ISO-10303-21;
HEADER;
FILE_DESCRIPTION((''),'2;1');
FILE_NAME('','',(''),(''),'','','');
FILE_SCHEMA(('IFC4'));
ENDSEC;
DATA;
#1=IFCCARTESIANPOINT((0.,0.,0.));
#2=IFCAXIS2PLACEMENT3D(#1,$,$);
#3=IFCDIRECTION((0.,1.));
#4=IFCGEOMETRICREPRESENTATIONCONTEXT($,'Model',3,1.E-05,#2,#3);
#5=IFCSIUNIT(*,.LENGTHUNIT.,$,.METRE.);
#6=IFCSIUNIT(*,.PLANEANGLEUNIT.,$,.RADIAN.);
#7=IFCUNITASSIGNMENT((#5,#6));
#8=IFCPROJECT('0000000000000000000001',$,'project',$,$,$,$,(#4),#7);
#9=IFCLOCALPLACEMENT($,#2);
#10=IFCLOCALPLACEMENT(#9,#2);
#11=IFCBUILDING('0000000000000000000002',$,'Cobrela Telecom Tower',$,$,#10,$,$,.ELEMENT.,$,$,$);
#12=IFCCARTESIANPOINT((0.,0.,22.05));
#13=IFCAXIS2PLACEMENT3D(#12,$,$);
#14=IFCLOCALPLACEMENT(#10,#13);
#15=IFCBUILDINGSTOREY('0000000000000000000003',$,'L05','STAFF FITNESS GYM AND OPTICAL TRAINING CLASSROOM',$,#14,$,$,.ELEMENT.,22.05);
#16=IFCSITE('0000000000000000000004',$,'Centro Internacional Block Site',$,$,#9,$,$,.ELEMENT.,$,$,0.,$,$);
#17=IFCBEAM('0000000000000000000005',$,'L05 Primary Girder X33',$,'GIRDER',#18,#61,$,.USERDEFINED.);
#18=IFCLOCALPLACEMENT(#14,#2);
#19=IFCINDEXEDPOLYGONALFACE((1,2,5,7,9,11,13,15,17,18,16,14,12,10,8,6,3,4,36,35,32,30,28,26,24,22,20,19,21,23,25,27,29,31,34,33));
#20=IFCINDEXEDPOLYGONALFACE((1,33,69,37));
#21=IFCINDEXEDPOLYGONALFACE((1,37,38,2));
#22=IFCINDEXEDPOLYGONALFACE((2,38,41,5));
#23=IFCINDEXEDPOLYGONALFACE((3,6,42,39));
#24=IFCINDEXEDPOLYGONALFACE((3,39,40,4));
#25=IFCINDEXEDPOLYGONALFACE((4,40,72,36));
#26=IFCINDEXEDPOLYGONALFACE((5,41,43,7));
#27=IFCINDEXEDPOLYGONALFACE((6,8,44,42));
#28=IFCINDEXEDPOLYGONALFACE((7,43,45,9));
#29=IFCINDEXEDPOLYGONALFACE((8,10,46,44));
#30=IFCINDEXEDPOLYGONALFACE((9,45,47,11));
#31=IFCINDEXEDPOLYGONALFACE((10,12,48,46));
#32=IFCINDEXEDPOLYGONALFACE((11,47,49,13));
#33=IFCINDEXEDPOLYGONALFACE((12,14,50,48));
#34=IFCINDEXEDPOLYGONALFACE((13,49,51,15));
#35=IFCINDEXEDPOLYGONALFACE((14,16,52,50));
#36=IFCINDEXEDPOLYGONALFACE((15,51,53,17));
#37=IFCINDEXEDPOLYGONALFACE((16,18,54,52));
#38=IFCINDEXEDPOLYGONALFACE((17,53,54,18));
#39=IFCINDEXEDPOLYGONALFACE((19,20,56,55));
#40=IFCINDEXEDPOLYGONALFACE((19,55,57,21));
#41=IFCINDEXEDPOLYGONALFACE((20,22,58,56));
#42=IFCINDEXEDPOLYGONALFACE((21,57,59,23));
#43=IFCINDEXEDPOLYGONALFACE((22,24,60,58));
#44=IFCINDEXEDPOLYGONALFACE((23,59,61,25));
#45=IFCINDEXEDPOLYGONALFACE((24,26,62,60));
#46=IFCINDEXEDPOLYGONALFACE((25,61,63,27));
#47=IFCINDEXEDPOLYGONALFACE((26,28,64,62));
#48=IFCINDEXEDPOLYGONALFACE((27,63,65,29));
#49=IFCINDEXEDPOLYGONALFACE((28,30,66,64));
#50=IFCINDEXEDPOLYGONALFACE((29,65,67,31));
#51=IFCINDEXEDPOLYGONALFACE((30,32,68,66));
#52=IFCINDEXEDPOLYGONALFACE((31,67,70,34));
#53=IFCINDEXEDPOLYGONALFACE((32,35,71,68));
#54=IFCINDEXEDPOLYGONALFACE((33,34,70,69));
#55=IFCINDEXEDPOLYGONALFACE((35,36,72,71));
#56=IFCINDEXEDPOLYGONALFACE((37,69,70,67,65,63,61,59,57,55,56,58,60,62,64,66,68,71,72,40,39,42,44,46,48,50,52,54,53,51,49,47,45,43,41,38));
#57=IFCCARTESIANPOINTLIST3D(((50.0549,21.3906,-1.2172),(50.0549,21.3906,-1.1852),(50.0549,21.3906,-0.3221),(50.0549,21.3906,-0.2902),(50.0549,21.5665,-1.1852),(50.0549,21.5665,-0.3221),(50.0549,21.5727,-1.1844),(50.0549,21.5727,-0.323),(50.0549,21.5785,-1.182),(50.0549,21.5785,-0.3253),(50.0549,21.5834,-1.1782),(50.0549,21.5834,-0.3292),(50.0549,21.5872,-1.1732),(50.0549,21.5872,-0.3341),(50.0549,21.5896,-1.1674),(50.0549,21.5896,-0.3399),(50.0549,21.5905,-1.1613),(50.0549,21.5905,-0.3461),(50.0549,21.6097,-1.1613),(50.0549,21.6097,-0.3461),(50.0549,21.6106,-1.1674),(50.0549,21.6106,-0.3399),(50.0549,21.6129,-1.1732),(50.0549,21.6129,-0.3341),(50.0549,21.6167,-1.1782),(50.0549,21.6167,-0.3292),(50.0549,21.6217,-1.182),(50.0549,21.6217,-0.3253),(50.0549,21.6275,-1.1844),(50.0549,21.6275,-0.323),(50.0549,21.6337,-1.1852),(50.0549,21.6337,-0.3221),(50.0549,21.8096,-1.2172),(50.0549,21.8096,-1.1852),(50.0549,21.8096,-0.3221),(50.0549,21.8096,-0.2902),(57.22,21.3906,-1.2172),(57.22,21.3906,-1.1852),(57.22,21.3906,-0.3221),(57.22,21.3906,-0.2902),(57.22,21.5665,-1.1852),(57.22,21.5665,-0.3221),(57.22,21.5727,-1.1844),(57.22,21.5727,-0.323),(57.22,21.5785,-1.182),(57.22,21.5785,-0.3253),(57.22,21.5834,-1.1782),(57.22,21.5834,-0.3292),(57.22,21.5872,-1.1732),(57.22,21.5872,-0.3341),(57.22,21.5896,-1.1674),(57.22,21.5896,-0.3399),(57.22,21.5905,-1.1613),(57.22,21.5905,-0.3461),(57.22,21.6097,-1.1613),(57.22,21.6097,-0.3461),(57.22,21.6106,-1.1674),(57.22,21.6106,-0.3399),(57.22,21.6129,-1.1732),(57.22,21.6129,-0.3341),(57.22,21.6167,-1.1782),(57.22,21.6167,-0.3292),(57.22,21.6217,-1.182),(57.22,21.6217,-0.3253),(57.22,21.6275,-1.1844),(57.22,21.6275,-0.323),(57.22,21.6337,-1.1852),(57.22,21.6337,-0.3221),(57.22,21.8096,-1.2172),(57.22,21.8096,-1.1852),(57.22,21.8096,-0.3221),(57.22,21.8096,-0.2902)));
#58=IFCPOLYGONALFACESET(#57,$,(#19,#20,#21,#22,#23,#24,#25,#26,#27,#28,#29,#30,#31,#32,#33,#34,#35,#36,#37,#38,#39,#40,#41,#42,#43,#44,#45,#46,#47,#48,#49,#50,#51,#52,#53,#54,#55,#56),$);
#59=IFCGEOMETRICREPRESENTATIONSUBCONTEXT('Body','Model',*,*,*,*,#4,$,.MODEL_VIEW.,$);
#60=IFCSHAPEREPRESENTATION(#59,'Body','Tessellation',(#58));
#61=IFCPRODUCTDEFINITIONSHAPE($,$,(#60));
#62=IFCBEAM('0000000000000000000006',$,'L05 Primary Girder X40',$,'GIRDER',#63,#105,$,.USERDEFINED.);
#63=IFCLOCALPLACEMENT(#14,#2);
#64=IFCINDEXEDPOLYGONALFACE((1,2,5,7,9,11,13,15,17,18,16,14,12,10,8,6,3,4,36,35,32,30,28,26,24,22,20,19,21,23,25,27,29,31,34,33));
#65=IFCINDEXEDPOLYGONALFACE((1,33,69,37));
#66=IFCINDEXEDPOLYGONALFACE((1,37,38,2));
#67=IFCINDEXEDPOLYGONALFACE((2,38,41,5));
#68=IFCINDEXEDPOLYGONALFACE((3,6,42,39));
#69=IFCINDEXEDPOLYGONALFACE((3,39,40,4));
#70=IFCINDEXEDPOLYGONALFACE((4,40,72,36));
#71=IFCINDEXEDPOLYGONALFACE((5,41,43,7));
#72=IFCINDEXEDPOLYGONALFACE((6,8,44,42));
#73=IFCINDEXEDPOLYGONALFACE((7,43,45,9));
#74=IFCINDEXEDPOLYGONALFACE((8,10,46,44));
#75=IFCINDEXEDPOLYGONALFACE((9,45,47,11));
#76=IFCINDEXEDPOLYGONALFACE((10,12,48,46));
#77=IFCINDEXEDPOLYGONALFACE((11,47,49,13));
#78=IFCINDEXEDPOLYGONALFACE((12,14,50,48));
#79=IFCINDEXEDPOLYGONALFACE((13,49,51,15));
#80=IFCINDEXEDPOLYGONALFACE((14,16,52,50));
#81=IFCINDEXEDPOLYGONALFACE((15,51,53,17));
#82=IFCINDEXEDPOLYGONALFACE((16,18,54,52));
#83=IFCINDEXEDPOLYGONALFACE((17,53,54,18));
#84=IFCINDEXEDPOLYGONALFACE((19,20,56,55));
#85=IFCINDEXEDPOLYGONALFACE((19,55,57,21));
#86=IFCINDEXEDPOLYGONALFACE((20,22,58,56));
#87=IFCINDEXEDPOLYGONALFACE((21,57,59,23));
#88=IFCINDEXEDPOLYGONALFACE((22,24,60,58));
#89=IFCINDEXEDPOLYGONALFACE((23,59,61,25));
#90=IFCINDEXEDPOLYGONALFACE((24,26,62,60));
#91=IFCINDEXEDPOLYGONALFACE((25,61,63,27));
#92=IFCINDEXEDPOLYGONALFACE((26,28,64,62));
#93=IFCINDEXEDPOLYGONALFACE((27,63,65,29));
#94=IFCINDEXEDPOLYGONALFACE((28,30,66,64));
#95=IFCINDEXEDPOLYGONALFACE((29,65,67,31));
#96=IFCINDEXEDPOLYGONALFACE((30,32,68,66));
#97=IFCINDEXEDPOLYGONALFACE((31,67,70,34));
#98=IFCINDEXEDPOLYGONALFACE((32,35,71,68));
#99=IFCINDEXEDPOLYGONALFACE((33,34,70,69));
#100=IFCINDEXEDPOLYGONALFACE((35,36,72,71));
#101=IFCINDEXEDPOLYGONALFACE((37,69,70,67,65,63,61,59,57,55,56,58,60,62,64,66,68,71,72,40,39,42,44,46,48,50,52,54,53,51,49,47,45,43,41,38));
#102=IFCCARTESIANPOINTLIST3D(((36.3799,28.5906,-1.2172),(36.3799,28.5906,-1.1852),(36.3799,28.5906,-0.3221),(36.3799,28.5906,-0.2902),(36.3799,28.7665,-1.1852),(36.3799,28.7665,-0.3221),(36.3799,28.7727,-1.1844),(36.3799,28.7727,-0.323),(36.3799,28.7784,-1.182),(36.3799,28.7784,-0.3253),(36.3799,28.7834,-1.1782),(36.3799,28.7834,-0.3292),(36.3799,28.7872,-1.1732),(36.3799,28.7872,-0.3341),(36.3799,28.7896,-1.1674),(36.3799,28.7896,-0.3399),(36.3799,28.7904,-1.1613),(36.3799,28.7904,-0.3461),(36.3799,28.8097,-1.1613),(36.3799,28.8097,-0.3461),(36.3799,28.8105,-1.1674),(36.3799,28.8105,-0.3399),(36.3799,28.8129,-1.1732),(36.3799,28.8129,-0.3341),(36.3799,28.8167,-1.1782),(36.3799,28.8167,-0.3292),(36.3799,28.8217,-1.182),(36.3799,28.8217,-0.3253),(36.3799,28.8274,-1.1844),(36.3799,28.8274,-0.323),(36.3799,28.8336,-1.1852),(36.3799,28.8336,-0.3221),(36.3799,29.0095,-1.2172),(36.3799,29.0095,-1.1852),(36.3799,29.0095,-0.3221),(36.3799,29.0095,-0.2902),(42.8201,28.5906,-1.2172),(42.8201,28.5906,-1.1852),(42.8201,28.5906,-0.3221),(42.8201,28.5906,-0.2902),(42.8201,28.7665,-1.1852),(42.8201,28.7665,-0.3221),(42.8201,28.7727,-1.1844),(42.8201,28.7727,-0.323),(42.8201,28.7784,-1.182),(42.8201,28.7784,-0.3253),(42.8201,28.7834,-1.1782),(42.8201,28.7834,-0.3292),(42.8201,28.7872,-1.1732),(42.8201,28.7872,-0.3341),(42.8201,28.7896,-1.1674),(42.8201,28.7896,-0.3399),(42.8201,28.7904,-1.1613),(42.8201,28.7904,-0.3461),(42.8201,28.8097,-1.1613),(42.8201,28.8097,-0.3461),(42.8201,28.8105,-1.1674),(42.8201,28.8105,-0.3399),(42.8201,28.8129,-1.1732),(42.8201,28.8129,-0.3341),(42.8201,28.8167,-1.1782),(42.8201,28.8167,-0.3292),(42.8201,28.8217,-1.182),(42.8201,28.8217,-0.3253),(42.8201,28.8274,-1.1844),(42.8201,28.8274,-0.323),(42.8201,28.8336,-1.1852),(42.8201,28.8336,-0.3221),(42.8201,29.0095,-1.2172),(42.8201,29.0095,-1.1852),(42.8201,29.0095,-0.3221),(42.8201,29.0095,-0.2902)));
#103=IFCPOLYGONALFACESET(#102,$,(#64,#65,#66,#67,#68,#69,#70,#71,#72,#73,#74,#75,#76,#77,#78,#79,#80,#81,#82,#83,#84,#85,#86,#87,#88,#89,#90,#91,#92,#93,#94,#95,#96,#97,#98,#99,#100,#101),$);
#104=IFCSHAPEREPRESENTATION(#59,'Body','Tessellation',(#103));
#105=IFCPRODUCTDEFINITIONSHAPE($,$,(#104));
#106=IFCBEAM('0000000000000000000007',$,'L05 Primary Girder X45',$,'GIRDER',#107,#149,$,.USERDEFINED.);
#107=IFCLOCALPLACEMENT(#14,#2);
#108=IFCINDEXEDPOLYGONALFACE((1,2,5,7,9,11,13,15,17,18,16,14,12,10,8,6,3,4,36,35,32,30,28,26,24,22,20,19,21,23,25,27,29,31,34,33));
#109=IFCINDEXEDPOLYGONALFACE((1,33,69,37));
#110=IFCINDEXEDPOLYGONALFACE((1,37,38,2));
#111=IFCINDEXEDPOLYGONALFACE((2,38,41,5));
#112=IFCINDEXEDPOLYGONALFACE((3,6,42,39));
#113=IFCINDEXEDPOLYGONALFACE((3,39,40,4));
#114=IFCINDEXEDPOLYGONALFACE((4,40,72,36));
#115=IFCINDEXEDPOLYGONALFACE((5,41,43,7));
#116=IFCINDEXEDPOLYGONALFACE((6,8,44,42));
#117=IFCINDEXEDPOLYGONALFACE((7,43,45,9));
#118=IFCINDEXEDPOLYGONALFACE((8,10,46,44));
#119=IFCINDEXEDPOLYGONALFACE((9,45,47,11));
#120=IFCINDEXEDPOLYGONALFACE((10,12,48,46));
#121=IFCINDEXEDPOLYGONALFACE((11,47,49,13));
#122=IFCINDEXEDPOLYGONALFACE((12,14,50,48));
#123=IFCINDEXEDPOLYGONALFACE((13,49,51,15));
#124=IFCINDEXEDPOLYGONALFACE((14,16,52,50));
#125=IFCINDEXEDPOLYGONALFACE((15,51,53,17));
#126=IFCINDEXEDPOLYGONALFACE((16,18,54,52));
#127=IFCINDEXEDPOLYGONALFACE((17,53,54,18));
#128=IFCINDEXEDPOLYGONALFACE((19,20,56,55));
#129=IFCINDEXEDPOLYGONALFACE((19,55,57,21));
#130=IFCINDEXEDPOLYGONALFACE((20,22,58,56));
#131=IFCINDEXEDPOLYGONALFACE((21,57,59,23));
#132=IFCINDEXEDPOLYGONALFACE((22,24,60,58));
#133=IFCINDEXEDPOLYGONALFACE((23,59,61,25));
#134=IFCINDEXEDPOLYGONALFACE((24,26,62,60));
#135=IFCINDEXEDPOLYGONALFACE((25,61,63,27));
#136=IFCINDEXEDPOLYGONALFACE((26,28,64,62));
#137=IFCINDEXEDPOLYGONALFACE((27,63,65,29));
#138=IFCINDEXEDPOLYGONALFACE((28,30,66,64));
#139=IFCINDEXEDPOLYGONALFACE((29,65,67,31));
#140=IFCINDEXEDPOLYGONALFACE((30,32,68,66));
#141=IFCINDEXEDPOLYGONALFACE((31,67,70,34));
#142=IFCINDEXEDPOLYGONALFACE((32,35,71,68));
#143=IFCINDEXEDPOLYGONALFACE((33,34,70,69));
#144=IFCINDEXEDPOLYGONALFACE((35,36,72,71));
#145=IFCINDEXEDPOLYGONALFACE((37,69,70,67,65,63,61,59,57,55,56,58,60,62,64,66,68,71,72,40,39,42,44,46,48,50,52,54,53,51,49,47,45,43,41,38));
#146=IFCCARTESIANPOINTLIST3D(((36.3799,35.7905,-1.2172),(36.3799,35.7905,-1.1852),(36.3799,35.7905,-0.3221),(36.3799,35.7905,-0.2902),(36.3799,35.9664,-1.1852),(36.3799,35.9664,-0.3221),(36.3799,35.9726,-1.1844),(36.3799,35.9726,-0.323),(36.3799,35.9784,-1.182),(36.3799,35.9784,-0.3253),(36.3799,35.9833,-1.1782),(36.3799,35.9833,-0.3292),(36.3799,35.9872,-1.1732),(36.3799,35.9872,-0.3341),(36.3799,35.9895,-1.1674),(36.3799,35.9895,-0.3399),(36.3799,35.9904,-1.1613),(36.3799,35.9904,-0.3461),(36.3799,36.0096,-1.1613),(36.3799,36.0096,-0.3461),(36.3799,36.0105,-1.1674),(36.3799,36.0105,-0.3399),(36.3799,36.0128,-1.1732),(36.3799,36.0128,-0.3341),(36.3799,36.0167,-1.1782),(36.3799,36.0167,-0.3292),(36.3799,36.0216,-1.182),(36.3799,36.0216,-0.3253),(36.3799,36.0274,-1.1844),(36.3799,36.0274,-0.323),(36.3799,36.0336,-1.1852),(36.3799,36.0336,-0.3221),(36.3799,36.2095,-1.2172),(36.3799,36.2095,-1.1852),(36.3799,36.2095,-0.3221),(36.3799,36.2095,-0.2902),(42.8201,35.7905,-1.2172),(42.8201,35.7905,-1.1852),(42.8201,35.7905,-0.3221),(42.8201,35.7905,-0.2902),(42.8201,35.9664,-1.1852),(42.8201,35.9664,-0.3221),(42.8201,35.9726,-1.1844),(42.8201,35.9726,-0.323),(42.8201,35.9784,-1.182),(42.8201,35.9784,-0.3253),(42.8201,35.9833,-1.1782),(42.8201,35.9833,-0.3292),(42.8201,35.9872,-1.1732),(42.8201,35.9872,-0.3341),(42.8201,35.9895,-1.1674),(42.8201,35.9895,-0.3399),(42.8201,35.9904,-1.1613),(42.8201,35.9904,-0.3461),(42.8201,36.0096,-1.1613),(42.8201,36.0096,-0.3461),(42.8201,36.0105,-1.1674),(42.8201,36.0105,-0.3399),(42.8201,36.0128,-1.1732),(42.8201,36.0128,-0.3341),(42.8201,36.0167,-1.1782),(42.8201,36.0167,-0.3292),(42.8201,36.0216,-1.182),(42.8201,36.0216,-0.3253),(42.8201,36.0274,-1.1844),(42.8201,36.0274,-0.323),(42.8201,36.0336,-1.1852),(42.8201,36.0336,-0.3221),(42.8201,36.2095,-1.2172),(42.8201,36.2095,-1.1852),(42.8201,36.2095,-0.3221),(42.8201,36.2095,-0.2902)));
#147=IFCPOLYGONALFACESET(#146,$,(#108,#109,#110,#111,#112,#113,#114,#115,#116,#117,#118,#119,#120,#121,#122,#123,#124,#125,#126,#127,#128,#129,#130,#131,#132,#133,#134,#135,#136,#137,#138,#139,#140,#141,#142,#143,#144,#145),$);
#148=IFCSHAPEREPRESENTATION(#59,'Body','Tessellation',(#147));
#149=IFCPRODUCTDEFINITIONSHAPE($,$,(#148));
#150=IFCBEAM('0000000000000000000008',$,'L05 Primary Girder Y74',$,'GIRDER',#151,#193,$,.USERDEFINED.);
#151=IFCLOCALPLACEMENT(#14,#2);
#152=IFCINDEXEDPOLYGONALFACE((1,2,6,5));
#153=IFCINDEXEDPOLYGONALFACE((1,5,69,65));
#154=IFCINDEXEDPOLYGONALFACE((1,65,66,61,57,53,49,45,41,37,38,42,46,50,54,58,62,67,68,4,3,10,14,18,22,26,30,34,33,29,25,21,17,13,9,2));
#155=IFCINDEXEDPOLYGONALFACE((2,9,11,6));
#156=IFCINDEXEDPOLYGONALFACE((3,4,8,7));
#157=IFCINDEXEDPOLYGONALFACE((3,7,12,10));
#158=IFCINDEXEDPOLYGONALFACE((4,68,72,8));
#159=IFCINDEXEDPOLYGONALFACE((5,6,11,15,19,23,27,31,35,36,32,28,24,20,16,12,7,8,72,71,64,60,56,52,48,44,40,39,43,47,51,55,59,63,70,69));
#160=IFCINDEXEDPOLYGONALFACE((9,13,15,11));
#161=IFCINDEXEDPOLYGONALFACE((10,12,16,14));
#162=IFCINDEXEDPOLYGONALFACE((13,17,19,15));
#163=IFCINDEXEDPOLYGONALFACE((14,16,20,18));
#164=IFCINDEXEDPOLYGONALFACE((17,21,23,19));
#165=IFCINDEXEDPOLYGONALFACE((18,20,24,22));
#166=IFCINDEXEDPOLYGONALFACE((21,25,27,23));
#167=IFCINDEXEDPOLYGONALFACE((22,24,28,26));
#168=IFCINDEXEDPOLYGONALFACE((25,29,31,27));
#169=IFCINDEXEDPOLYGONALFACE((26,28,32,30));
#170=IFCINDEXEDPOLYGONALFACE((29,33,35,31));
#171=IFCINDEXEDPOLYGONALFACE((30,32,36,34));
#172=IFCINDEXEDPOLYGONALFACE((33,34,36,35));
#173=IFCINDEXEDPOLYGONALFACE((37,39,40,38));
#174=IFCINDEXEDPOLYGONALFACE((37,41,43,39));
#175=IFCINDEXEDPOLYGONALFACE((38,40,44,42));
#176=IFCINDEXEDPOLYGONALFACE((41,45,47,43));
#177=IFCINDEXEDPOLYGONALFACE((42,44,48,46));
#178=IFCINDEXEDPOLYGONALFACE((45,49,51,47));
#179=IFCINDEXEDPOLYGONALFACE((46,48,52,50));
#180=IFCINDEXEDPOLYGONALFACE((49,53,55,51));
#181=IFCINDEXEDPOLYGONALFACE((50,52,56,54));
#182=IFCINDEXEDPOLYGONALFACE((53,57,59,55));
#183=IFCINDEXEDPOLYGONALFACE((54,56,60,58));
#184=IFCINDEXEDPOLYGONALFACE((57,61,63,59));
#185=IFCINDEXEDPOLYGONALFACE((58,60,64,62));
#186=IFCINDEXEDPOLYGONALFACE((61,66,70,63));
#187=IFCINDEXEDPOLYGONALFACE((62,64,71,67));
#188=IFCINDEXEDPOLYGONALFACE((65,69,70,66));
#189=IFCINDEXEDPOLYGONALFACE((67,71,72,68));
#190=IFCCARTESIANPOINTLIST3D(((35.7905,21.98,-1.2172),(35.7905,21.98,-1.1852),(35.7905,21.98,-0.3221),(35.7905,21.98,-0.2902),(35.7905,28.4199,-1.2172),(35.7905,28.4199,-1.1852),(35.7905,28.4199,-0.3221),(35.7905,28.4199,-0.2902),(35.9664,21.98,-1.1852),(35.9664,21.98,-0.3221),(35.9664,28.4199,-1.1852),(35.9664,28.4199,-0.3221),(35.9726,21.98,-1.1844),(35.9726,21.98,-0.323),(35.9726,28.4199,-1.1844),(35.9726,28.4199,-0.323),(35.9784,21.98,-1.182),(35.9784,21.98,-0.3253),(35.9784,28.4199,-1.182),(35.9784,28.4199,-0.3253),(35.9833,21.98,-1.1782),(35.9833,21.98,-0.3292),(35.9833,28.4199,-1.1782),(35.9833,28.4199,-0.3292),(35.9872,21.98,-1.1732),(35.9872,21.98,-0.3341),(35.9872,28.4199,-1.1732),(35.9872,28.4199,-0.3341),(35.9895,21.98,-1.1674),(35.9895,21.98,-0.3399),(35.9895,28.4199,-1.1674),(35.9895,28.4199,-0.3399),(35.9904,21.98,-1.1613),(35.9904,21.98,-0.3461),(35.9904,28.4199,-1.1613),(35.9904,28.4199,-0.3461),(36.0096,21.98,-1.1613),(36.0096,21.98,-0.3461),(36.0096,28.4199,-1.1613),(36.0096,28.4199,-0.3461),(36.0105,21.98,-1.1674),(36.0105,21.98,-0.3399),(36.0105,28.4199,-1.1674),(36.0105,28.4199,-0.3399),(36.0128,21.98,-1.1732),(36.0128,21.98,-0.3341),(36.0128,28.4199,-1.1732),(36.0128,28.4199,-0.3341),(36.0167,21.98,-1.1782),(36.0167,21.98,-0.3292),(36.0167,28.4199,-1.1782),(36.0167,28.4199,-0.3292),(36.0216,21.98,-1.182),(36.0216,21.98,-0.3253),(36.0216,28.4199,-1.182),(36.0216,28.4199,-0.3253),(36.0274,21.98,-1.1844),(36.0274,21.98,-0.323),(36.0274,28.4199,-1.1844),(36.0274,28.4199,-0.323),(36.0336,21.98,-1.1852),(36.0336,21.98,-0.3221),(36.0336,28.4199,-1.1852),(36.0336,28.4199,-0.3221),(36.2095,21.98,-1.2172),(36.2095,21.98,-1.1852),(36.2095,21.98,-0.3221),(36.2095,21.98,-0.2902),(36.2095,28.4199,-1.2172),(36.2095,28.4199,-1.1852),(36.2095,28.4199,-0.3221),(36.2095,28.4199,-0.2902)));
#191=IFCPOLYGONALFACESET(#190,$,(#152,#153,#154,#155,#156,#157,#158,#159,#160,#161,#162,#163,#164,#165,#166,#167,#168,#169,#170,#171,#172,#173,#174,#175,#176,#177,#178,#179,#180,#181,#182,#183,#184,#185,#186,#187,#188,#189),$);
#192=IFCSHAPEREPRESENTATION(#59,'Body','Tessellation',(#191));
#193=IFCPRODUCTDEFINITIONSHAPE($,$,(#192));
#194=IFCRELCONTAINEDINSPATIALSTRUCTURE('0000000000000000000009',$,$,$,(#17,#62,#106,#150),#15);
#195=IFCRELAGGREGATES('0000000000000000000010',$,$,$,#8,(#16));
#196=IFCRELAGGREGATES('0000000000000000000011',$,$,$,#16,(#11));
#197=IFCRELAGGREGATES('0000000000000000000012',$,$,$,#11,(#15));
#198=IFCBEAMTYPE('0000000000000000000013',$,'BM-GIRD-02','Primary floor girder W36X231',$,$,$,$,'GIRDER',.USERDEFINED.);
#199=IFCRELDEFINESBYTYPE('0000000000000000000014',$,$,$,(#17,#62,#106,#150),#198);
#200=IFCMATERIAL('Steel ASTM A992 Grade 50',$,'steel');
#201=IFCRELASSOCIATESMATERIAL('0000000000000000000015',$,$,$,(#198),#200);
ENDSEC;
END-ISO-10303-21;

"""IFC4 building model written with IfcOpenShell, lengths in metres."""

from ifc_helpers import new_model, si_unit, direction, frame, origin, origin_2d, place, context, subcontext, project, spatial, i_section, extrude, material, material_profile, profile_set, type_object, element, save


model = new_model("IFC4")

# Units and contexts
model_context = context("Model", 3, precision=1e-05, world=origin(), true_north=direction((0.0, 1.0)))
body_context = subcontext(model_context, "Body", "Model", "MODEL_VIEW")
ifc_project = project(units=[si_unit("LENGTHUNIT", "METRE"), si_unit("PLANEANGLEUNIT", "RADIAN")], contexts=[model_context])

# Site, building, storey
site_placement = place(None, origin())
site = spatial("IfcSite", under=ifc_project, at=site_placement, Name="Centro Internacional Block Site", CompositionType="ELEMENT", RefElevation=0.0)
building_placement = place(site_placement, origin())
building = spatial("IfcBuilding", under=site, at=building_placement, Name="Cobrela Telecom Tower", CompositionType="ELEMENT")
storey_placement = place(building_placement, frame((0.0, 0.0, 22.05)))
storey = spatial("IfcBuildingStorey", under=building, at=storey_placement, Name="L05", Description="STAFF FITNESS GYM AND OPTICAL TRAINING CLASSROOM", CompositionType="ELEMENT", Elevation=22.05)

# Beams
ifc_material_1 = material(Name="Steel ASTM A992 Grade 50", Category="steel")
ifc_material_profile_1 = material_profile(ifc_material_1, i_section(OverallWidth=0.4189, OverallDepth=0.927, WebThickness=0.0193, FlangeThickness=0.032, FilletRadius=0.0239, at=origin_2d()), Name="W36X231")
ifc_profile_set_1 = profile_set([ifc_material_profile_1], Name="Steel ASTM A992 Grade 50")
beam_type_1 = type_object("IfcBeamType", Name="BM-GIRD-02", Description="Primary floor girder W36X231", ElementType="GIRDER", PredefinedType="USERDEFINED", material=ifc_profile_set_1)
beam_1_placement = place(storey_placement, frame((50.0549, 21.6001, -0.7537), z_axis=(1.0, 0.0, 0.0), x_axis=(0.0, 1.0, 0.0)))
element("IfcBeam", 1, at=beam_1_placement, inside=storey, type_object=beam_type_1, Name="L05 Primary Girder X33", ObjectType="GIRDER", PredefinedType="USERDEFINED", context=body_context, shape_type="SweptSolid", body=[
    extrude(i_section(OverallWidth=0.4189, OverallDepth=0.927, WebThickness=0.0193, FlangeThickness=0.032, FilletRadius=0.0239, at=origin_2d()), origin(), (0.0, 0.0, 1.0), 7.165),
])
for number, where, z_axis, x_axis, name in (
    (2, (36.3799, 28.8, -0.7537), (1.0, 0.0, 0.0), (0.0, 1.0, 0.0), "L05 Primary Girder X40"),
    (3, (36.3799, 36.0, -0.7537), (1.0, 0.0, 0.0), (0.0, 1.0, 0.0), "L05 Primary Girder X45"),
):
    element("IfcBeam", number, at=place(storey_placement, frame(where, z_axis=z_axis, x_axis=x_axis)), inside=storey, type_object=beam_type_1, Name=name, ObjectType="GIRDER", PredefinedType="USERDEFINED", context=body_context, shape_type="SweptSolid", body=[
        extrude(i_section(OverallWidth=0.4189, OverallDepth=0.927, WebThickness=0.0193, FlangeThickness=0.032, FilletRadius=0.0239, at=origin_2d()), origin(), (0.0, 0.0, 1.0), 6.4402),
    ])
beam_2_placement = place(storey_placement, frame((36.0, 21.98, -0.7537), z_axis=(0.0, 1.0, 0.0), x_axis=(-1.0, 0.0, 0.0)))
element("IfcBeam", 4, at=beam_2_placement, inside=storey, type_object=beam_type_1, Name="L05 Primary Girder Y74", ObjectType="GIRDER", PredefinedType="USERDEFINED", context=body_context, shape_type="SweptSolid", body=[
    extrude(i_section(OverallWidth=0.4189, OverallDepth=0.927, WebThickness=0.0193, FlangeThickness=0.032, FilletRadius=0.0239, at=origin_2d()), origin(), (0.0, 0.0, 1.0), 6.4399),
])

save(model, "model.ifc")
